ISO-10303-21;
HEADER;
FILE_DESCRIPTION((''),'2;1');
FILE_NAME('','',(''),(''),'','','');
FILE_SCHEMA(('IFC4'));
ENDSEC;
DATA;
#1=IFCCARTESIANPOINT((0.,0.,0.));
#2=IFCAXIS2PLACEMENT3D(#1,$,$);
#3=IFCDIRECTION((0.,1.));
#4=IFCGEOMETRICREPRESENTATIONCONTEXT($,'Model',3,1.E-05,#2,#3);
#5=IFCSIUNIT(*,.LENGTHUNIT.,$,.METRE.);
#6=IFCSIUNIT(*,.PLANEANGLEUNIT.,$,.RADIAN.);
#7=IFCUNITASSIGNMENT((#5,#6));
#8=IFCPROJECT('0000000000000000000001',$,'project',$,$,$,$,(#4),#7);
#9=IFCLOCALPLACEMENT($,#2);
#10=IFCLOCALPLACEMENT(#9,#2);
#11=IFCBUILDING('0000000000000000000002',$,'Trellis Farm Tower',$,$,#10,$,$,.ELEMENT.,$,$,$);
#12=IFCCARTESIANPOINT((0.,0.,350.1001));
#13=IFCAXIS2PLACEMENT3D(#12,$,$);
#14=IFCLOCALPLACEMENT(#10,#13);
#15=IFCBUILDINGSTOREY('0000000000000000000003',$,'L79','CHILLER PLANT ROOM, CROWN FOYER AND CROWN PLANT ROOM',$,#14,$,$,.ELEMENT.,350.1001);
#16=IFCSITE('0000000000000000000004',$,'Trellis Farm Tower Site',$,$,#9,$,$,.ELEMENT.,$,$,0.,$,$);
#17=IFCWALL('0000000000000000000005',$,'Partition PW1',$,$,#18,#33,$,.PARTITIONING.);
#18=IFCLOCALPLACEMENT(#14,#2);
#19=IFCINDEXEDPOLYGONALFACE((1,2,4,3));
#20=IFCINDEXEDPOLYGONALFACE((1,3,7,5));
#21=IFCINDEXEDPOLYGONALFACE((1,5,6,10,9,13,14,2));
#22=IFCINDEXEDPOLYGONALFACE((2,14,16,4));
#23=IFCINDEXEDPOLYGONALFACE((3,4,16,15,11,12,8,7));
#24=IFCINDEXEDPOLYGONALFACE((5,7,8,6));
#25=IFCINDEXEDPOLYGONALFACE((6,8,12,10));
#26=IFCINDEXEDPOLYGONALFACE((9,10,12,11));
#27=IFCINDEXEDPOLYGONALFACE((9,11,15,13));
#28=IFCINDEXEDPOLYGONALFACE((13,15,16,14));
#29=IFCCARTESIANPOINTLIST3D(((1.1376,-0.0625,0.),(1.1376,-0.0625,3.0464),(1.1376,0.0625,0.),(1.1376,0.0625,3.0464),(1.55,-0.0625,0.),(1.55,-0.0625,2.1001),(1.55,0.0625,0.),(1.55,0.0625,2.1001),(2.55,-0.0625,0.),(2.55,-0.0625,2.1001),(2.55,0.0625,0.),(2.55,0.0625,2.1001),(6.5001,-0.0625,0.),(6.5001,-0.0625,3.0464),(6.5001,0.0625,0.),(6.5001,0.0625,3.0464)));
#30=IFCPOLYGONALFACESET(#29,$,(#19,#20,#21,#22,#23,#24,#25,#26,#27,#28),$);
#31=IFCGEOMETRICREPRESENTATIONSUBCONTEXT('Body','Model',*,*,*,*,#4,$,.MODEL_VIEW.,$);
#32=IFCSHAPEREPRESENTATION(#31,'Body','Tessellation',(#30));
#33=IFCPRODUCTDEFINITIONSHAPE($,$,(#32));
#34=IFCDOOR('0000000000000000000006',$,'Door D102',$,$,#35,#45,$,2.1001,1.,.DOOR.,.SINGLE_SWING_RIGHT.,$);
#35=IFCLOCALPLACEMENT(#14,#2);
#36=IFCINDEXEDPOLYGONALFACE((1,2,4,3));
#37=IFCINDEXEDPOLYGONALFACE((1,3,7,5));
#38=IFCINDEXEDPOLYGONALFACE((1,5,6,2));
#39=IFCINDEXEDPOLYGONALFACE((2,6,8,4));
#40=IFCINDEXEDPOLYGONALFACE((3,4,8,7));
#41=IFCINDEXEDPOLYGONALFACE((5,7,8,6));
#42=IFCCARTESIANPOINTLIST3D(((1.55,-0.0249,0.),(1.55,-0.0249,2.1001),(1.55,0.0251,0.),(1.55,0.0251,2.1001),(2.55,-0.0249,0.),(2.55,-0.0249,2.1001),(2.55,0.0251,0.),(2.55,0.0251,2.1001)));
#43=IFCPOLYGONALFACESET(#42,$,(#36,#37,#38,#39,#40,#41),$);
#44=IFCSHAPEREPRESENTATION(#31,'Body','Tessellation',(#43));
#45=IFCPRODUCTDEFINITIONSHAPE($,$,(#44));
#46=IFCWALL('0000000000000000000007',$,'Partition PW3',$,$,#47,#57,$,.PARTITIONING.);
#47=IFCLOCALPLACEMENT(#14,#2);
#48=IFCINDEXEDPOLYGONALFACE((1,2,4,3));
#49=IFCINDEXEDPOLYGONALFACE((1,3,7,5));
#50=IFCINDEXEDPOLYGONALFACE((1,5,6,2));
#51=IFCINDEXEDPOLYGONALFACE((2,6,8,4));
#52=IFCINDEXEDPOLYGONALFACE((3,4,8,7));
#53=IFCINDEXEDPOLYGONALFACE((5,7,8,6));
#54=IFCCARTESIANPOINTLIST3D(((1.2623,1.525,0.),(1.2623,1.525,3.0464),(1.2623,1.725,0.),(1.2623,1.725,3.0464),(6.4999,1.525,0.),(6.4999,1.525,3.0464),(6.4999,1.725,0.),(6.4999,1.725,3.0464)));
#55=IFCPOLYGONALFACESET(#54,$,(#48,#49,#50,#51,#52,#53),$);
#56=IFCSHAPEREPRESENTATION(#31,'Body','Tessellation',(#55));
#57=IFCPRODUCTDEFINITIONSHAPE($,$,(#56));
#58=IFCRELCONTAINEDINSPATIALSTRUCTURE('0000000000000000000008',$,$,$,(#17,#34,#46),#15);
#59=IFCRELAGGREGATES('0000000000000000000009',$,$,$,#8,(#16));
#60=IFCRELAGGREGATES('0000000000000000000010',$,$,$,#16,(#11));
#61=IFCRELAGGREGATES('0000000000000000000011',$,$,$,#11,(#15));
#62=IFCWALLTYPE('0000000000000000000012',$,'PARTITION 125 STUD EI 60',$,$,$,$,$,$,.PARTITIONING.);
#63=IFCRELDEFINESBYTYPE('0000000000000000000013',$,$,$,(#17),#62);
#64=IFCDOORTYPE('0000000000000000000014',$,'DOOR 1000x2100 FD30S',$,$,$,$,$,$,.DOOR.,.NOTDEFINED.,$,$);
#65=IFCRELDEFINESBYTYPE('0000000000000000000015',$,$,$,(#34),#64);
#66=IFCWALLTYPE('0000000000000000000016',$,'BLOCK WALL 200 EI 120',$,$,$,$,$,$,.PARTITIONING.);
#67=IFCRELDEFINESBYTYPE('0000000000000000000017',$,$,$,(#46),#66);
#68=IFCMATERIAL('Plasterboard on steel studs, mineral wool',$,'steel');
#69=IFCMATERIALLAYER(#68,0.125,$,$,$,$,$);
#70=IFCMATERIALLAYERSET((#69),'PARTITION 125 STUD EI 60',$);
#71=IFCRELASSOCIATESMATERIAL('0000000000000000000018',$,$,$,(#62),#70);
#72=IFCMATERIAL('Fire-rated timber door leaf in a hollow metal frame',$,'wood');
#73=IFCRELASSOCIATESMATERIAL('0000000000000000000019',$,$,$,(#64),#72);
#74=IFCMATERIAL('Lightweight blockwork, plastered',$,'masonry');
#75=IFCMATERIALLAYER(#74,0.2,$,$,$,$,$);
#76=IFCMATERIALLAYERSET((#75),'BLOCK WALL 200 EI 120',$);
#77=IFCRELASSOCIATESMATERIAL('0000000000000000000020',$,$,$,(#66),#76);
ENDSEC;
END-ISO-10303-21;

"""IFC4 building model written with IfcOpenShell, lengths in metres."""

from ifc_helpers import new_model, si_unit, direction, frame, frame_2d, origin, place, context, subcontext, project, spatial, rectangle, extrude, source, transform, mapped, material, layer, layer_set, type_object, element, fill, save


model = new_model("IFC4")

# Units and contexts
model_context = context("Model", 3, precision=1e-05, world=origin(), true_north=direction((0.0, 1.0)))
body_context = subcontext(model_context, "Body", "Model", "MODEL_VIEW")
ifc_project = project(units=[si_unit("LENGTHUNIT", "METRE"), si_unit("PLANEANGLEUNIT", "RADIAN")], contexts=[model_context])

# Site, building, storey
site_placement = place(None, origin())
site = spatial("IfcSite", under=ifc_project, at=site_placement, Name="Trellis Farm Tower Site", CompositionType="ELEMENT", RefElevation=0.0)
building_placement = place(site_placement, origin())
building = spatial("IfcBuilding", under=site, at=building_placement, Name="Trellis Farm Tower", CompositionType="ELEMENT")
storey_placement = place(building_placement, frame((0.0, 0.0, 350.1001)))
storey = spatial("IfcBuildingStorey", under=building, at=storey_placement, Name="L79", Description="CHILLER PLANT ROOM, CROWN FOYER AND CROWN PLANT ROOM", CompositionType="ELEMENT", Elevation=350.1001)

# Shared definitions
ifc_material_1 = material(Name="Plasterboard on steel studs, mineral wool", Category="steel")
ifc_layer_1 = layer(ifc_material_1, 0.125)
ifc_layer_set_1 = layer_set([ifc_layer_1], Name="PARTITION 125 STUD EI 60")
wall_type_1 = type_object("IfcWallType", Name="PARTITION 125 STUD EI 60", PredefinedType="PARTITIONING", material=ifc_layer_set_1)

# Wall, opening, door
shared_shape_1 = source(origin(), body_context, "Body", "SweptSolid", [
    extrude(rectangle(XDim=5.3625, YDim=0.125, at=frame_2d((2.6812, 0.0))), origin(), (0.0, 0.0, 1.0), 3.0464),
])
wall_1_placement = place(storey_placement, frame((6.5, 0.0, 0.0), z_axis=(0.0, 0.0, 1.0), x_axis=(-1.0, 0.0, 0.0)))
wall_1 = element("IfcWall", 1, at=wall_1_placement, inside=storey, type_object=wall_type_1, Name="Partition PW1", PredefinedType="PARTITIONING", context=body_context, shape_type="MappedRepresentation", body=[
    mapped(shared_shape_1, transform((0.0, 0.0, 0.0))),
])
shared_shape_2 = source(origin(), body_context, "Body", "SweptSolid", [
    extrude(rectangle(XDim=1.0, YDim=2.1001, at=frame_2d((0.5, 1.05))), frame((0.0, 0.0725, 0.0), z_axis=(0.0, -1.0, 0.0), x_axis=(1.0, 0.0, 0.0)), (0.0, 0.0, 1.0), 0.145),
])
opening_1_placement = place(wall_1_placement, frame((3.95, 0.0, 0.0)))
opening_1 = element("IfcOpeningElement", 2, at=opening_1_placement, cuts=wall_1, PredefinedType="OPENING", context=body_context, shape_type="MappedRepresentation", body=[
    mapped(shared_shape_2, transform((0.0, 0.0, 0.0))),
])
ifc_material_2 = material(Name="Fire-rated timber door leaf in a hollow metal frame", Category="wood")
door_type_1 = type_object("IfcDoorType", Name="DOOR 1000x2100 FD30S", OperationType="NOTDEFINED", PredefinedType="DOOR", material=ifc_material_2)
shared_shape_3 = source(origin(), body_context, "Body", "SweptSolid", [
    extrude(rectangle(XDim=1.0, YDim=2.1001, at=frame_2d((0.5, 1.05))), frame((0.0, 0.0249, 0.0), z_axis=(0.0, -1.0, 0.0), x_axis=(1.0, 0.0, 0.0)), (0.0, 0.0, 1.0), 0.05),
])
door_1_placement = place(opening_1_placement, origin())
door_1 = element("IfcDoor", 3, at=door_1_placement, inside=storey, type_object=door_type_1, Name="Door D102", OperationType="SINGLE_SWING_RIGHT", OverallHeight=2.1001, OverallWidth=1.0, PredefinedType="DOOR", context=body_context, shape_type="MappedRepresentation", body=[
    mapped(shared_shape_3, transform((0.0, 0.0, 0.0))),
])
fill(opening_1, door_1)

# Wall
ifc_material_3 = material(Name="Lightweight blockwork, plastered", Category="masonry")
ifc_layer_2 = layer(ifc_material_3, 0.2)
ifc_layer_set_2 = layer_set([ifc_layer_2], Name="BLOCK WALL 200 EI 120")
wall_type_2 = type_object("IfcWallType", Name="BLOCK WALL 200 EI 120", PredefinedType="PARTITIONING", material=ifc_layer_set_2)
shared_shape_4 = source(origin(), body_context, "Body", "SweptSolid", [
    extrude(rectangle(XDim=5.2375, YDim=0.2, at=frame_2d((2.6187, 0.0))), origin(), (0.0, 0.0, 1.0), 3.0464),
])
wall_2_placement = place(storey_placement, frame((1.2625, 1.625, 0.0), z_axis=(0.0, 0.0, 1.0), x_axis=(1.0, 0.0, 0.0)))
element("IfcWall", 4, at=wall_2_placement, inside=storey, type_object=wall_type_2, Name="Partition PW3", PredefinedType="PARTITIONING", context=body_context, shape_type="MappedRepresentation", body=[
    mapped(shared_shape_4, transform((0.0, 0.0, 0.0))),
])

save(model, "model.ifc")
